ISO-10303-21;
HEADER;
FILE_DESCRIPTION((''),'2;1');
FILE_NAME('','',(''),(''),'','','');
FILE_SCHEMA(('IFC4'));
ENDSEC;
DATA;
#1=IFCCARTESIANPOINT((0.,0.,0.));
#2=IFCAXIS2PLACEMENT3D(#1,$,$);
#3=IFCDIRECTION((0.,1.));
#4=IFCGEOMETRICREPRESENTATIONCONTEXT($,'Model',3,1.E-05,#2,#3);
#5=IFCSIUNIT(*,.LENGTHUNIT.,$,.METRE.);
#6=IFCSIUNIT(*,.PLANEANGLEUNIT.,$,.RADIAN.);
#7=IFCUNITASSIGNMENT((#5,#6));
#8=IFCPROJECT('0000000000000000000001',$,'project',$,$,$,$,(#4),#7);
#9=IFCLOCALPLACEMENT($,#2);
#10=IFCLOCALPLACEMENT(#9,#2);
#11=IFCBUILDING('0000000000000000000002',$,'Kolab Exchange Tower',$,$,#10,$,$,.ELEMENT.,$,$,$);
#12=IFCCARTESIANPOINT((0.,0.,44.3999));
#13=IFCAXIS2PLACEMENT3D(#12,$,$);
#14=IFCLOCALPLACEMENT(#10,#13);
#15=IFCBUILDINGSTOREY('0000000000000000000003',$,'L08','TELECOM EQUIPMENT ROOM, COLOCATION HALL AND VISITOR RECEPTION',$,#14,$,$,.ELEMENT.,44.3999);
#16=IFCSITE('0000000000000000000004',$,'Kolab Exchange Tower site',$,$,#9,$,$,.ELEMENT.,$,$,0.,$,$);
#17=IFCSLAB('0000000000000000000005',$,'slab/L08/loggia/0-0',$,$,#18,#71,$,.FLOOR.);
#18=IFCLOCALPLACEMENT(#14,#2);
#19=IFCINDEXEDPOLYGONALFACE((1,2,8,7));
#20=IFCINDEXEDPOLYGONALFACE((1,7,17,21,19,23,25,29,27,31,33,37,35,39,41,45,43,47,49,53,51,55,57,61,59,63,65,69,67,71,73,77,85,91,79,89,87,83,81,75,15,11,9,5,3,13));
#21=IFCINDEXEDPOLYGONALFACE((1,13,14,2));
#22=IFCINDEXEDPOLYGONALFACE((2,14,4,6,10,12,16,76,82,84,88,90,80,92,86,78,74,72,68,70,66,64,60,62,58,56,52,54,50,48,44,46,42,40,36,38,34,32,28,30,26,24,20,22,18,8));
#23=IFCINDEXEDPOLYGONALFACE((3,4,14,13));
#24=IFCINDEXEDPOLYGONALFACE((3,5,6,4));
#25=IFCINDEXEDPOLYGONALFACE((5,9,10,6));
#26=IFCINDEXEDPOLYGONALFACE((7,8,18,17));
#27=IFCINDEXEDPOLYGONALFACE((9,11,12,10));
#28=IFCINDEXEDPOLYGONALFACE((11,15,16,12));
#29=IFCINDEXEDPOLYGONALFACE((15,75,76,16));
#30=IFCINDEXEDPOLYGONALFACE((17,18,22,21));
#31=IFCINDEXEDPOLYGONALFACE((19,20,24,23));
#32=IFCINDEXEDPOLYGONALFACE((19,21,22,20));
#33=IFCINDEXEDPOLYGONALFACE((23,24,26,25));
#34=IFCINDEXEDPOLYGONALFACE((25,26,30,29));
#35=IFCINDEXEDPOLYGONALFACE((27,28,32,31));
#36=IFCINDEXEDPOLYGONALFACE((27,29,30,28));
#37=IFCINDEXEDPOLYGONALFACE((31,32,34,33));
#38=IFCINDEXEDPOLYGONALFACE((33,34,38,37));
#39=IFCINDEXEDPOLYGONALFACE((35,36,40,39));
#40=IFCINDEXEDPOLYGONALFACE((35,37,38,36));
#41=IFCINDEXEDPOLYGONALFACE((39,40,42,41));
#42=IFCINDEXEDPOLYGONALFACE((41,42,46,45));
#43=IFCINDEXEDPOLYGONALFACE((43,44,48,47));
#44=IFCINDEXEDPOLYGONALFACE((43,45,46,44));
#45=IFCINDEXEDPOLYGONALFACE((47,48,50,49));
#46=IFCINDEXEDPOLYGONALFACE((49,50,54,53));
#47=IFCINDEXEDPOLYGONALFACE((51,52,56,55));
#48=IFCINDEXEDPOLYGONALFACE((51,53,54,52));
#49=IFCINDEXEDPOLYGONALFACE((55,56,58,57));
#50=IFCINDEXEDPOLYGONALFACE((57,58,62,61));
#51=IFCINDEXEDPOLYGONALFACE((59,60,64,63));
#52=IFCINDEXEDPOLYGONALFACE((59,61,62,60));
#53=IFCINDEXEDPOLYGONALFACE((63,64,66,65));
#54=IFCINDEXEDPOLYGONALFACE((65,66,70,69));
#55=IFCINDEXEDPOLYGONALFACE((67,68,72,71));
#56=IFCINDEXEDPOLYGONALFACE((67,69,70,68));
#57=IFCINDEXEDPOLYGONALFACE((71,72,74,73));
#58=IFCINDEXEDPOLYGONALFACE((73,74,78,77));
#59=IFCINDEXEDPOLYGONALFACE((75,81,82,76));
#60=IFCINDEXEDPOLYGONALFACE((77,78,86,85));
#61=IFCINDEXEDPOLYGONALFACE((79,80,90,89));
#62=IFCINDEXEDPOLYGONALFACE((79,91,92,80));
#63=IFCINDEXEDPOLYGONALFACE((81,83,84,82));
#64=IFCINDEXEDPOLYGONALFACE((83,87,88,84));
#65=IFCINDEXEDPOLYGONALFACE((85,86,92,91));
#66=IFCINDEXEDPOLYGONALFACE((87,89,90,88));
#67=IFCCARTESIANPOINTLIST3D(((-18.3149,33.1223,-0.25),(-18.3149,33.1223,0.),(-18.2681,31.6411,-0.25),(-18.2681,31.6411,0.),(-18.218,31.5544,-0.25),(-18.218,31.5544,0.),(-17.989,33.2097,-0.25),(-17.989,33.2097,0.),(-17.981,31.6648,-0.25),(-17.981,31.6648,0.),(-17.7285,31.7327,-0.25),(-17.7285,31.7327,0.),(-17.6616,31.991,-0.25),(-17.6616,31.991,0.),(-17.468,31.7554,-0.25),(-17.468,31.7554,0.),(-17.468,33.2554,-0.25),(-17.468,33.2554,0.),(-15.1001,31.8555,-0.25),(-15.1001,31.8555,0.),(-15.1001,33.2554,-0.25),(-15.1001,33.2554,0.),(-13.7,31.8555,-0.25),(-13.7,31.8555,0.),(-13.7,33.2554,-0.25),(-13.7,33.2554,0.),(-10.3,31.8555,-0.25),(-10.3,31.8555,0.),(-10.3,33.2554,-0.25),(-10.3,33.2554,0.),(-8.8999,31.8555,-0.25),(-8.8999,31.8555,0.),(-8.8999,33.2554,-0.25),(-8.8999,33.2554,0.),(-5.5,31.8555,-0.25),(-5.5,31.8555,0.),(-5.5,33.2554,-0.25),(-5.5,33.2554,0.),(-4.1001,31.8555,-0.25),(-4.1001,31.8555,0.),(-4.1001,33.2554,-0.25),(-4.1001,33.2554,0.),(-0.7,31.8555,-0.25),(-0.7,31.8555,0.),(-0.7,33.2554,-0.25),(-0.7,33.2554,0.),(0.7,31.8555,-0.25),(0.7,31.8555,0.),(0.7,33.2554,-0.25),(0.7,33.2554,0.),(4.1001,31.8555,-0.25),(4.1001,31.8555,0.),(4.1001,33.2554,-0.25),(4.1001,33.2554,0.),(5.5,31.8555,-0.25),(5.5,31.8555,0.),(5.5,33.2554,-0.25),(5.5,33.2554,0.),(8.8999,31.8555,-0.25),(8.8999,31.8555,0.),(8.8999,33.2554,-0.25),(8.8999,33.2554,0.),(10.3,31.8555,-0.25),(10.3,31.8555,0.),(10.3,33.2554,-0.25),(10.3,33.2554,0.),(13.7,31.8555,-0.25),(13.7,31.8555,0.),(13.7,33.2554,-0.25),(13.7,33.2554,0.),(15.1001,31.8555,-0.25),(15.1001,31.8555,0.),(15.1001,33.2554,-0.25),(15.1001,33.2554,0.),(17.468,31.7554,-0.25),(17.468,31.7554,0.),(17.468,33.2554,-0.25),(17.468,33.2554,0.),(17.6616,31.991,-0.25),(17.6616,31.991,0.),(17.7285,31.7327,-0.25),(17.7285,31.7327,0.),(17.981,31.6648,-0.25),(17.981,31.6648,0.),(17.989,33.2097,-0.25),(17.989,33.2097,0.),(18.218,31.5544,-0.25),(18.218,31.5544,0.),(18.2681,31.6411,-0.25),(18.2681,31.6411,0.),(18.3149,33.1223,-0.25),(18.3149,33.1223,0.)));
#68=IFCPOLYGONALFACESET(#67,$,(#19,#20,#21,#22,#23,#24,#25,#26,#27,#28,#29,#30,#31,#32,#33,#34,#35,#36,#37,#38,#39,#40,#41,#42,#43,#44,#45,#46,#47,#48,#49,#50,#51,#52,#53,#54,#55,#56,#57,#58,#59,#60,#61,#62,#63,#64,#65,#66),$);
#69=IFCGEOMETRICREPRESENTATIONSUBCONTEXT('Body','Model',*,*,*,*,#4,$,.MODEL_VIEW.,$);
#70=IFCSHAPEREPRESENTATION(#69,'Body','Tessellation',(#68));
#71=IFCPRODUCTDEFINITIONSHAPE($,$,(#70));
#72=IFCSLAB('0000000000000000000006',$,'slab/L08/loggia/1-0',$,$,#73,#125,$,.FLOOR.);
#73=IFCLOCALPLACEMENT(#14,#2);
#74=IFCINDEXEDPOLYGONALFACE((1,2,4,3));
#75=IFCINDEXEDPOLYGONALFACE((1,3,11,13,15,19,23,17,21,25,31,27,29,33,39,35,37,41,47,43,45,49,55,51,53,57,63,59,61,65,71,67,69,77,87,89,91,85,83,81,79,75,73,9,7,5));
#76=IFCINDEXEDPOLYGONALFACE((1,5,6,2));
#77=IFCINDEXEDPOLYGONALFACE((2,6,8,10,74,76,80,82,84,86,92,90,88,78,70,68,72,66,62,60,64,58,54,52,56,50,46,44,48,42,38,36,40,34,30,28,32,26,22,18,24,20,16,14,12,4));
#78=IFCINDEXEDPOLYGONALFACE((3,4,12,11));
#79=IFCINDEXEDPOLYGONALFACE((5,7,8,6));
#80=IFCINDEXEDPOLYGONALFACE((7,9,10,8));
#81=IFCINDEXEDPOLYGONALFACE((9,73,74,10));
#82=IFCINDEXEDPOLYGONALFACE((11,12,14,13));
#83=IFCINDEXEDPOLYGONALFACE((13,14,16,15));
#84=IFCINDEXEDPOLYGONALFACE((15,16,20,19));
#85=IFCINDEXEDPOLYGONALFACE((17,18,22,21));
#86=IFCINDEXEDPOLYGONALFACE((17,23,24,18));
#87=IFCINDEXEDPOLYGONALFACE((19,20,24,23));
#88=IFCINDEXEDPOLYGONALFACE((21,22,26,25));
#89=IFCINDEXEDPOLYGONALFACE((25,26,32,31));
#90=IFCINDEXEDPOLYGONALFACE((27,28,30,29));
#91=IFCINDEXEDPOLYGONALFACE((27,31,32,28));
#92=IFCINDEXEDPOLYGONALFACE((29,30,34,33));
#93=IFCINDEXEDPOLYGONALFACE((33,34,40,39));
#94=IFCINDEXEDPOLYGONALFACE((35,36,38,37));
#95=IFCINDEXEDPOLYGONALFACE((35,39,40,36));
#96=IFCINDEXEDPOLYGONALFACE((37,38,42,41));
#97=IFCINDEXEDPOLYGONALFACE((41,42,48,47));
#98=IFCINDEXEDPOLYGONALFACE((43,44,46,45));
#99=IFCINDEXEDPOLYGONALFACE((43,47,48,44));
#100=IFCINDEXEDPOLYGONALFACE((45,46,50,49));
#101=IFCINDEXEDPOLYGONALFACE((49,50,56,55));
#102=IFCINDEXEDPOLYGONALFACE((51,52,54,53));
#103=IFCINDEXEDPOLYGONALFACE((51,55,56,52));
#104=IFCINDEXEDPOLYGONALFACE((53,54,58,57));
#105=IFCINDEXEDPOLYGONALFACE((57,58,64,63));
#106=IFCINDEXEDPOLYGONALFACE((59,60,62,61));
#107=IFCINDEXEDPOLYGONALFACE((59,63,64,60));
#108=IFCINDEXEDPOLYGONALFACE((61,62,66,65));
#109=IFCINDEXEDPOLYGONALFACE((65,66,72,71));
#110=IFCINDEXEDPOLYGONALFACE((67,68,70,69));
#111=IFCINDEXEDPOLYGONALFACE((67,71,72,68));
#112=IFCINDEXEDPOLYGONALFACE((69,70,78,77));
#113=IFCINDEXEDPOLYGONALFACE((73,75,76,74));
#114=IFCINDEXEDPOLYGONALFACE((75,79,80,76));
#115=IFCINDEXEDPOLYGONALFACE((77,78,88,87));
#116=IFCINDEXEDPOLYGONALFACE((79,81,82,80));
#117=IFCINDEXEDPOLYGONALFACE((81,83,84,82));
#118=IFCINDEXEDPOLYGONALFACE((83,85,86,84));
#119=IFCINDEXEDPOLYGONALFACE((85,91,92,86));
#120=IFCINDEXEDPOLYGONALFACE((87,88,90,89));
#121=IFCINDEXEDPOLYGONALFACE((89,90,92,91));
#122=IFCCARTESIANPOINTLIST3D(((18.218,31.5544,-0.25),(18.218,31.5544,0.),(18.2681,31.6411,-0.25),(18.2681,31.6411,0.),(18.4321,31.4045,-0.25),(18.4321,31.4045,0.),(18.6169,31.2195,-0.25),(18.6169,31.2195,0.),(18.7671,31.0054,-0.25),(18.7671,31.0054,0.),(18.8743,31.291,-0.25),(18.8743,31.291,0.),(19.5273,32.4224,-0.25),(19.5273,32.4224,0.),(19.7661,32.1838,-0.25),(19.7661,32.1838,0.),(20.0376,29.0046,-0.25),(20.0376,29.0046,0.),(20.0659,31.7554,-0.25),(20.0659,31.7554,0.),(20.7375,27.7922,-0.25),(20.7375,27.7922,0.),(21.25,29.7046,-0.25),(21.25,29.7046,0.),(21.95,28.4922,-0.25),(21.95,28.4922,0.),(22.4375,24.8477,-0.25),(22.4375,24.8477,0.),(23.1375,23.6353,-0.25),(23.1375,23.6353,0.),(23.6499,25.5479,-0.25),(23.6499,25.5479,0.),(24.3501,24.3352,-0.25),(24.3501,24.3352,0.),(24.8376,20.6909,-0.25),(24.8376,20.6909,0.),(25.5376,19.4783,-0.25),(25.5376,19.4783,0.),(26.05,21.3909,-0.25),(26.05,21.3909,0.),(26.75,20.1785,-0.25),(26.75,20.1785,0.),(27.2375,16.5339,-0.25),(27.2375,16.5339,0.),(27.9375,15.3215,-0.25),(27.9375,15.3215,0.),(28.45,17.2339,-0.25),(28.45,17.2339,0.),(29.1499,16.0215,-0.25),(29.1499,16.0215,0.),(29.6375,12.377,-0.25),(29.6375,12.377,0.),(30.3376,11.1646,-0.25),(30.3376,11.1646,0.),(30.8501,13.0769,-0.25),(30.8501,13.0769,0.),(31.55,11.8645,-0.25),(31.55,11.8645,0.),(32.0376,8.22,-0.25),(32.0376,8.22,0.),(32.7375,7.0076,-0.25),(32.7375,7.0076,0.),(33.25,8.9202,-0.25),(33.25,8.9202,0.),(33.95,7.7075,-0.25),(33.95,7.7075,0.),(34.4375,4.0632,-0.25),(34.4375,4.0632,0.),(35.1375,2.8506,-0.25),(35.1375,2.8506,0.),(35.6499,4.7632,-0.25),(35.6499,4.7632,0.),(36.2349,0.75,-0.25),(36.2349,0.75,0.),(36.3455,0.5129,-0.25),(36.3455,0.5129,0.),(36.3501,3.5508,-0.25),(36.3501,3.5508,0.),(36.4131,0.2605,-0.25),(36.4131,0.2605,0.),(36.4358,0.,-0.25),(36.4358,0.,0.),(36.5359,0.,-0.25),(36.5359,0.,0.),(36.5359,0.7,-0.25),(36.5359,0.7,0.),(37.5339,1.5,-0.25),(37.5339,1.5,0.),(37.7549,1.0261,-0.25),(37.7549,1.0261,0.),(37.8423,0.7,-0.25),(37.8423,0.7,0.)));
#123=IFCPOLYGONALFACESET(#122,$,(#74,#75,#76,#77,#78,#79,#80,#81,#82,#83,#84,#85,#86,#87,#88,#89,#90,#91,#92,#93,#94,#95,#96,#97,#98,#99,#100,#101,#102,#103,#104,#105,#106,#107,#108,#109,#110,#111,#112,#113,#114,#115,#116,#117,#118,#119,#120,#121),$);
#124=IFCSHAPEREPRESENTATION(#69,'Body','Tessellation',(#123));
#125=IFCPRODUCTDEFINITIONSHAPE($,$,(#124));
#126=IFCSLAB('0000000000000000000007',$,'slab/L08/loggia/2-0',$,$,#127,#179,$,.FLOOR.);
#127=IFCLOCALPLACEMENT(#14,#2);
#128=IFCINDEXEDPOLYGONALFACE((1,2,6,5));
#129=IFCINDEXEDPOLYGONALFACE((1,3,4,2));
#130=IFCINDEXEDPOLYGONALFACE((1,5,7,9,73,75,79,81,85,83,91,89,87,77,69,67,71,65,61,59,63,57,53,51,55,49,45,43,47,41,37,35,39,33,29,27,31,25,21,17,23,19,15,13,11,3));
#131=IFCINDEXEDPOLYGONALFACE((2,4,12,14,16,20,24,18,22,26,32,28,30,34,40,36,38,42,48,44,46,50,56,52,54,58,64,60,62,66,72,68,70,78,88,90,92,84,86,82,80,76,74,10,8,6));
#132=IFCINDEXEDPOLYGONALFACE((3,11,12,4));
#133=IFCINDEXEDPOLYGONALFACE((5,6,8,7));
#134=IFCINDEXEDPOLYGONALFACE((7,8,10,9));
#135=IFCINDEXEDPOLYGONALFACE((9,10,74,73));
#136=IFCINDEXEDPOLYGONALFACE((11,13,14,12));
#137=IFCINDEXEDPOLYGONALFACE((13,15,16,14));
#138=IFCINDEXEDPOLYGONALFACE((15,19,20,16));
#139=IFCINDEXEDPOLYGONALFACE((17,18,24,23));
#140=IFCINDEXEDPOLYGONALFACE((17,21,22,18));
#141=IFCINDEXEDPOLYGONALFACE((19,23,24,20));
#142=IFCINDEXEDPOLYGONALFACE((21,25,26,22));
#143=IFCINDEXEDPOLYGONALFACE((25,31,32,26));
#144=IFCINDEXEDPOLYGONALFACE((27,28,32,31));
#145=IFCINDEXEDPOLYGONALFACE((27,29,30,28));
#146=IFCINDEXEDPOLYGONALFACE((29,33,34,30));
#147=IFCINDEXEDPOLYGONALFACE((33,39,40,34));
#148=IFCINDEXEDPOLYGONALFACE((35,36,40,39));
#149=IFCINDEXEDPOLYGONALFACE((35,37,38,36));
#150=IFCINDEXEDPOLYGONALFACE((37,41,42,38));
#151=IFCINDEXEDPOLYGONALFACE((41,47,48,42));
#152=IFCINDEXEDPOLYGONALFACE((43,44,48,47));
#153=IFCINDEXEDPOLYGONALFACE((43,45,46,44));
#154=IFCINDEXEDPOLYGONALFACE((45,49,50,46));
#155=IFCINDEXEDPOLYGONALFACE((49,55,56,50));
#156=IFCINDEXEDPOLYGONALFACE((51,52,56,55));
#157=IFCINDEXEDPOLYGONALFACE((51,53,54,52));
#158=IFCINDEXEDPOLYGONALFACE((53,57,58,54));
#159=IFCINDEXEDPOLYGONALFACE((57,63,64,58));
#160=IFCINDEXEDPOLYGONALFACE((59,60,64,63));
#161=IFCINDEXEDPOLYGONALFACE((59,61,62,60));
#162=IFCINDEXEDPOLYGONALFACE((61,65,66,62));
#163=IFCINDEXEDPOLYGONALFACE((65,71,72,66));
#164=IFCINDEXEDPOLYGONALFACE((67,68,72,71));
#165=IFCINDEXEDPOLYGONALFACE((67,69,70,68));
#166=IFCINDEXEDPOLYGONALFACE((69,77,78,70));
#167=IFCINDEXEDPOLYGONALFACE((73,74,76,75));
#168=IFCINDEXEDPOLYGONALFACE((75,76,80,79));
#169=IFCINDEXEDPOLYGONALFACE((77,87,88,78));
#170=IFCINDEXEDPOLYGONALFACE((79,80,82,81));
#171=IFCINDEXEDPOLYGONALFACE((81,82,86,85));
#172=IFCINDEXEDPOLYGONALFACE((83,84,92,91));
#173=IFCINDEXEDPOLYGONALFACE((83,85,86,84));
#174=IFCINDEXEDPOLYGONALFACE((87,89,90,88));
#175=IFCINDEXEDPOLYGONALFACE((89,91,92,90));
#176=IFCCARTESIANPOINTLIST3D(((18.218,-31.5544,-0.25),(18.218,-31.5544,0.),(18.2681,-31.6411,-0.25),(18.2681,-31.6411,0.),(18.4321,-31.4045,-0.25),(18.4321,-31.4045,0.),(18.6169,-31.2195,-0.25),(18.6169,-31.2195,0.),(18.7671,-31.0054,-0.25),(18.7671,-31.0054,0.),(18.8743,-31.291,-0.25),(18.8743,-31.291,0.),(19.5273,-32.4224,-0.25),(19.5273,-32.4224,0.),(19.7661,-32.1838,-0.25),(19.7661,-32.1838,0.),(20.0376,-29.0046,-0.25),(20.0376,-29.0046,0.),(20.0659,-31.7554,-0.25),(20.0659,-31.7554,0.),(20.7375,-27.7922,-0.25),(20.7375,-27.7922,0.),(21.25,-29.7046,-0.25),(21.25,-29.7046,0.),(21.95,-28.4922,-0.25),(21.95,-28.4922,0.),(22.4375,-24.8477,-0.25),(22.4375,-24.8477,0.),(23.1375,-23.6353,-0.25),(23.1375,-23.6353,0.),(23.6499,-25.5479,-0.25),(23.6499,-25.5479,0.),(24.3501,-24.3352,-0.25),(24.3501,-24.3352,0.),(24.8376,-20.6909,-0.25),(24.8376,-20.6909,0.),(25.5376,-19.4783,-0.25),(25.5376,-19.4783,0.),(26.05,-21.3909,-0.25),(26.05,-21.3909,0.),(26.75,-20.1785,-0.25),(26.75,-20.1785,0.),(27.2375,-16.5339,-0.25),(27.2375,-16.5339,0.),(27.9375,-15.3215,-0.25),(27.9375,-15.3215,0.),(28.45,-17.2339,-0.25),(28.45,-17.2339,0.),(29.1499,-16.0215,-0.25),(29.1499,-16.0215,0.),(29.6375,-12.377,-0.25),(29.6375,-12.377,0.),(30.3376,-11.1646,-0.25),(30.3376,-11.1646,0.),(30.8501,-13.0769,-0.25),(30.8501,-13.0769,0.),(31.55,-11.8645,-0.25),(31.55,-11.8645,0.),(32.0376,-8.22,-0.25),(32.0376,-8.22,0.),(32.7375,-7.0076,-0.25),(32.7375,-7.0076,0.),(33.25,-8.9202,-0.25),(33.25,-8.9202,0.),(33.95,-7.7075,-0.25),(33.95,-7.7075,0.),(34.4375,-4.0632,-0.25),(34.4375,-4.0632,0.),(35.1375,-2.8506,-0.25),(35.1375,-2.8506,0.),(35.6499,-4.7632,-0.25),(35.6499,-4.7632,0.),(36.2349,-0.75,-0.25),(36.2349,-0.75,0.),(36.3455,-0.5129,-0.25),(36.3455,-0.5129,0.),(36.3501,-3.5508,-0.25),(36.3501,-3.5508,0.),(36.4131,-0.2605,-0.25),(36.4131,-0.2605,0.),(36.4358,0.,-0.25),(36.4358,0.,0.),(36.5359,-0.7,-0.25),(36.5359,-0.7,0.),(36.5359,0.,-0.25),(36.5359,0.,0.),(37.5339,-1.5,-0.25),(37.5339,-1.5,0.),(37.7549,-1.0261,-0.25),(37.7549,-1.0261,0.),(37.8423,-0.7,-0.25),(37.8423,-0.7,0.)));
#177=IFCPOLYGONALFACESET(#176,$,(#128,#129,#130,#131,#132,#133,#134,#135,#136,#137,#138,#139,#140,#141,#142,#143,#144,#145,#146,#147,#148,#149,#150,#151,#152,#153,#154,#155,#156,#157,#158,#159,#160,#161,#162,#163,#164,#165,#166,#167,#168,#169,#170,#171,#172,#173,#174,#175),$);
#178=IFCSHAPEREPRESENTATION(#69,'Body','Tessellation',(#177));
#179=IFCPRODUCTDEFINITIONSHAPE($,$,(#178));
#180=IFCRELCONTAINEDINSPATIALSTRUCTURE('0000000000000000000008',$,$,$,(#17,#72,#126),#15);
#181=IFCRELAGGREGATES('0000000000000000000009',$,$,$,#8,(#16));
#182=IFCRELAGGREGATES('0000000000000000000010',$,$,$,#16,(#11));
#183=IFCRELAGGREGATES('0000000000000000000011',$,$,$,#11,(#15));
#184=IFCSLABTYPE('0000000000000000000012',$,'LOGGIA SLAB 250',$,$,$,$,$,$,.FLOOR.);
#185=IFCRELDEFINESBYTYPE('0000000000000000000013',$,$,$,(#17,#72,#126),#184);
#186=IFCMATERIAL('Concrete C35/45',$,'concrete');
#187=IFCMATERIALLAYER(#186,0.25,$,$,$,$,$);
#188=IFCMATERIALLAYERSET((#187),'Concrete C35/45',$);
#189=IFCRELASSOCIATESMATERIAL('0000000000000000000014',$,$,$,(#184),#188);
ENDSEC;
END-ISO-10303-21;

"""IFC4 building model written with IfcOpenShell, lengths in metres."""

from ifc_helpers import new_model, si_unit, direction, frame, origin, place, context, subcontext, project, spatial, polyline, outline, extrude, material, layer, layer_set, type_object, element, save


model = new_model("IFC4")

# Units and contexts
model_context = context("Model", 3, precision=1e-05, world=origin(), true_north=direction((0.0, 1.0)))
body_context = subcontext(model_context, "Body", "Model", "MODEL_VIEW")
ifc_project = project(units=[si_unit("LENGTHUNIT", "METRE"), si_unit("PLANEANGLEUNIT", "RADIAN")], contexts=[model_context])

# Site, building, storey
site_placement = place(None, origin())
site = spatial("IfcSite", under=ifc_project, at=site_placement, Name="Kolab Exchange Tower site", CompositionType="ELEMENT", RefElevation=0.0)
building_placement = place(site_placement, origin())
building = spatial("IfcBuilding", under=site, at=building_placement, Name="Kolab Exchange Tower", CompositionType="ELEMENT")
storey_placement = place(building_placement, frame((0.0, 0.0, 44.3999)))
storey = spatial("IfcBuildingStorey", under=building, at=storey_placement, Name="L08", Description="TELECOM EQUIPMENT ROOM, COLOCATION HALL AND VISITOR RECEPTION", CompositionType="ELEMENT", Elevation=44.3999)

# Slabs
ifc_material = material(Name="Concrete C35/45", Category="concrete")
ifc_layer_1 = layer(ifc_material, 0.25)
ifc_layer_set_1 = layer_set([ifc_layer_1], Name="Concrete C35/45")
slab_type_1 = type_object("IfcSlabType", Name="LOGGIA SLAB 250", PredefinedType="FLOOR", material=ifc_layer_set_1)
slab_1_placement = place(storey_placement, frame((0.0, 0.0, -0.25)))
element("IfcSlab", 1, at=slab_1_placement, inside=storey, type_object=slab_type_1, Name="slab/L08/loggia/0-0", PredefinedType="FLOOR", context=body_context, shape_type="SweptSolid", body=[
    extrude(outline(polyline([(18.218, 31.5544), (18.2681, 31.6411), (17.6616, 31.991), (18.3149, 33.1223), (17.989, 33.2097), (17.468, 33.2554), (15.1001, 33.2554), (15.1001, 31.8555), (13.7, 31.8555), (13.7, 33.2554), (10.3, 33.2554), (10.3, 31.8555), (8.8999, 31.8555), (8.8999, 33.2554), (5.5, 33.2554), (5.5, 31.8555), (4.1001, 31.8555), (4.1001, 33.2554), (0.7, 33.2554), (0.7, 31.8555), (-0.7, 31.8555), (-0.7, 33.2554), (-4.1001, 33.2554), (-4.1001, 31.8555), (-5.5, 31.8555), (-5.5, 33.2554), (-8.8999, 33.2554), (-8.8999, 31.8555), (-10.3, 31.8555), (-10.3, 33.2554), (-13.7, 33.2554), (-13.7, 31.8555), (-15.1001, 31.8555), (-15.1001, 33.2554), (-17.468, 33.2554), (-17.989, 33.2097), (-18.3149, 33.1223), (-17.6616, 31.991), (-18.2681, 31.6411), (-18.218, 31.5544), (-17.981, 31.6648), (-17.7285, 31.7327), (-17.468, 31.7554), (17.468, 31.7554), (17.7285, 31.7327), (17.981, 31.6648), (18.218, 31.5544)])), origin(), (0.0, 0.0, 1.0), 0.25),
])
slab_2_placement = place(storey_placement, frame((0.0, 0.0, -0.25)))
element("IfcSlab", 2, at=slab_2_placement, inside=storey, type_object=slab_type_1, Name="slab/L08/loggia/1-0", PredefinedType="FLOOR", context=body_context, shape_type="SweptSolid", body=[
    extrude(outline(polyline([(36.4358, 0.0), (36.5359, 0.0), (36.5359, 0.7), (37.8423, 0.7), (37.7549, 1.0261), (37.5339, 1.5), (36.3501, 3.5508), (35.1375, 2.8506), (34.4375, 4.0632), (35.6499, 4.7632), (33.95, 7.7075), (32.7375, 7.0076), (32.0376, 8.22), (33.25, 8.9202), (31.55, 11.8645), (30.3376, 11.1646), (29.6375, 12.377), (30.8501, 13.0769), (29.1499, 16.0215), (27.9375, 15.3215), (27.2375, 16.5339), (28.45, 17.2339), (26.75, 20.1785), (25.5376, 19.4783), (24.8376, 20.6909), (26.05, 21.3909), (24.3501, 24.3352), (23.1375, 23.6353), (22.4375, 24.8477), (23.6499, 25.5479), (21.95, 28.4922), (20.7375, 27.7922), (20.0376, 29.0046), (21.25, 29.7046), (20.0659, 31.7554), (19.7661, 32.1838), (19.5273, 32.4224), (18.8743, 31.291), (18.2681, 31.6411), (18.218, 31.5544), (18.4321, 31.4045), (18.6169, 31.2195), (18.7671, 31.0054), (36.2349, 0.75), (36.3455, 0.5129), (36.4131, 0.2605), (36.4358, 0.0)])), origin(), (0.0, 0.0, 1.0), 0.25),
])
slab_3_placement = place(storey_placement, frame((0.0, 0.0, -0.25)))
element("IfcSlab", 3, at=slab_3_placement, inside=storey, type_object=slab_type_1, Name="slab/L08/loggia/2-0", PredefinedType="FLOOR", context=body_context, shape_type="SweptSolid", body=[
    extrude(outline(polyline([(20.0659, -31.7554), (21.25, -29.7046), (20.0376, -29.0046), (20.7375, -27.7922), (21.95, -28.4922), (23.6499, -25.5479), (22.4375, -24.8477), (23.1375, -23.6353), (24.3501, -24.3352), (26.05, -21.3909), (24.8376, -20.6909), (25.5376, -19.4783), (26.75, -20.1785), (28.45, -17.2339), (27.2375, -16.5339), (27.9375, -15.3215), (29.1499, -16.0215), (30.8501, -13.0769), (29.6375, -12.377), (30.3376, -11.1646), (31.55, -11.8645), (33.25, -8.9202), (32.0376, -8.22), (32.7375, -7.0076), (33.95, -7.7075), (35.6499, -4.7632), (34.4375, -4.0632), (35.1375, -2.8506), (36.3501, -3.5508), (37.5339, -1.5), (37.7549, -1.0261), (37.8423, -0.7), (36.5359, -0.7), (36.5359, 0.0), (36.4358, 0.0), (36.4131, -0.2605), (36.3455, -0.5129), (36.2349, -0.75), (18.7671, -31.0054), (18.6169, -31.2195), (18.4321, -31.4045), (18.218, -31.5544), (18.2681, -31.6411), (18.8743, -31.291), (19.5273, -32.4224), (19.7661, -32.1838), (20.0659, -31.7554)])), origin(), (0.0, 0.0, 1.0), 0.25),
])

save(model, "model.ifc")
